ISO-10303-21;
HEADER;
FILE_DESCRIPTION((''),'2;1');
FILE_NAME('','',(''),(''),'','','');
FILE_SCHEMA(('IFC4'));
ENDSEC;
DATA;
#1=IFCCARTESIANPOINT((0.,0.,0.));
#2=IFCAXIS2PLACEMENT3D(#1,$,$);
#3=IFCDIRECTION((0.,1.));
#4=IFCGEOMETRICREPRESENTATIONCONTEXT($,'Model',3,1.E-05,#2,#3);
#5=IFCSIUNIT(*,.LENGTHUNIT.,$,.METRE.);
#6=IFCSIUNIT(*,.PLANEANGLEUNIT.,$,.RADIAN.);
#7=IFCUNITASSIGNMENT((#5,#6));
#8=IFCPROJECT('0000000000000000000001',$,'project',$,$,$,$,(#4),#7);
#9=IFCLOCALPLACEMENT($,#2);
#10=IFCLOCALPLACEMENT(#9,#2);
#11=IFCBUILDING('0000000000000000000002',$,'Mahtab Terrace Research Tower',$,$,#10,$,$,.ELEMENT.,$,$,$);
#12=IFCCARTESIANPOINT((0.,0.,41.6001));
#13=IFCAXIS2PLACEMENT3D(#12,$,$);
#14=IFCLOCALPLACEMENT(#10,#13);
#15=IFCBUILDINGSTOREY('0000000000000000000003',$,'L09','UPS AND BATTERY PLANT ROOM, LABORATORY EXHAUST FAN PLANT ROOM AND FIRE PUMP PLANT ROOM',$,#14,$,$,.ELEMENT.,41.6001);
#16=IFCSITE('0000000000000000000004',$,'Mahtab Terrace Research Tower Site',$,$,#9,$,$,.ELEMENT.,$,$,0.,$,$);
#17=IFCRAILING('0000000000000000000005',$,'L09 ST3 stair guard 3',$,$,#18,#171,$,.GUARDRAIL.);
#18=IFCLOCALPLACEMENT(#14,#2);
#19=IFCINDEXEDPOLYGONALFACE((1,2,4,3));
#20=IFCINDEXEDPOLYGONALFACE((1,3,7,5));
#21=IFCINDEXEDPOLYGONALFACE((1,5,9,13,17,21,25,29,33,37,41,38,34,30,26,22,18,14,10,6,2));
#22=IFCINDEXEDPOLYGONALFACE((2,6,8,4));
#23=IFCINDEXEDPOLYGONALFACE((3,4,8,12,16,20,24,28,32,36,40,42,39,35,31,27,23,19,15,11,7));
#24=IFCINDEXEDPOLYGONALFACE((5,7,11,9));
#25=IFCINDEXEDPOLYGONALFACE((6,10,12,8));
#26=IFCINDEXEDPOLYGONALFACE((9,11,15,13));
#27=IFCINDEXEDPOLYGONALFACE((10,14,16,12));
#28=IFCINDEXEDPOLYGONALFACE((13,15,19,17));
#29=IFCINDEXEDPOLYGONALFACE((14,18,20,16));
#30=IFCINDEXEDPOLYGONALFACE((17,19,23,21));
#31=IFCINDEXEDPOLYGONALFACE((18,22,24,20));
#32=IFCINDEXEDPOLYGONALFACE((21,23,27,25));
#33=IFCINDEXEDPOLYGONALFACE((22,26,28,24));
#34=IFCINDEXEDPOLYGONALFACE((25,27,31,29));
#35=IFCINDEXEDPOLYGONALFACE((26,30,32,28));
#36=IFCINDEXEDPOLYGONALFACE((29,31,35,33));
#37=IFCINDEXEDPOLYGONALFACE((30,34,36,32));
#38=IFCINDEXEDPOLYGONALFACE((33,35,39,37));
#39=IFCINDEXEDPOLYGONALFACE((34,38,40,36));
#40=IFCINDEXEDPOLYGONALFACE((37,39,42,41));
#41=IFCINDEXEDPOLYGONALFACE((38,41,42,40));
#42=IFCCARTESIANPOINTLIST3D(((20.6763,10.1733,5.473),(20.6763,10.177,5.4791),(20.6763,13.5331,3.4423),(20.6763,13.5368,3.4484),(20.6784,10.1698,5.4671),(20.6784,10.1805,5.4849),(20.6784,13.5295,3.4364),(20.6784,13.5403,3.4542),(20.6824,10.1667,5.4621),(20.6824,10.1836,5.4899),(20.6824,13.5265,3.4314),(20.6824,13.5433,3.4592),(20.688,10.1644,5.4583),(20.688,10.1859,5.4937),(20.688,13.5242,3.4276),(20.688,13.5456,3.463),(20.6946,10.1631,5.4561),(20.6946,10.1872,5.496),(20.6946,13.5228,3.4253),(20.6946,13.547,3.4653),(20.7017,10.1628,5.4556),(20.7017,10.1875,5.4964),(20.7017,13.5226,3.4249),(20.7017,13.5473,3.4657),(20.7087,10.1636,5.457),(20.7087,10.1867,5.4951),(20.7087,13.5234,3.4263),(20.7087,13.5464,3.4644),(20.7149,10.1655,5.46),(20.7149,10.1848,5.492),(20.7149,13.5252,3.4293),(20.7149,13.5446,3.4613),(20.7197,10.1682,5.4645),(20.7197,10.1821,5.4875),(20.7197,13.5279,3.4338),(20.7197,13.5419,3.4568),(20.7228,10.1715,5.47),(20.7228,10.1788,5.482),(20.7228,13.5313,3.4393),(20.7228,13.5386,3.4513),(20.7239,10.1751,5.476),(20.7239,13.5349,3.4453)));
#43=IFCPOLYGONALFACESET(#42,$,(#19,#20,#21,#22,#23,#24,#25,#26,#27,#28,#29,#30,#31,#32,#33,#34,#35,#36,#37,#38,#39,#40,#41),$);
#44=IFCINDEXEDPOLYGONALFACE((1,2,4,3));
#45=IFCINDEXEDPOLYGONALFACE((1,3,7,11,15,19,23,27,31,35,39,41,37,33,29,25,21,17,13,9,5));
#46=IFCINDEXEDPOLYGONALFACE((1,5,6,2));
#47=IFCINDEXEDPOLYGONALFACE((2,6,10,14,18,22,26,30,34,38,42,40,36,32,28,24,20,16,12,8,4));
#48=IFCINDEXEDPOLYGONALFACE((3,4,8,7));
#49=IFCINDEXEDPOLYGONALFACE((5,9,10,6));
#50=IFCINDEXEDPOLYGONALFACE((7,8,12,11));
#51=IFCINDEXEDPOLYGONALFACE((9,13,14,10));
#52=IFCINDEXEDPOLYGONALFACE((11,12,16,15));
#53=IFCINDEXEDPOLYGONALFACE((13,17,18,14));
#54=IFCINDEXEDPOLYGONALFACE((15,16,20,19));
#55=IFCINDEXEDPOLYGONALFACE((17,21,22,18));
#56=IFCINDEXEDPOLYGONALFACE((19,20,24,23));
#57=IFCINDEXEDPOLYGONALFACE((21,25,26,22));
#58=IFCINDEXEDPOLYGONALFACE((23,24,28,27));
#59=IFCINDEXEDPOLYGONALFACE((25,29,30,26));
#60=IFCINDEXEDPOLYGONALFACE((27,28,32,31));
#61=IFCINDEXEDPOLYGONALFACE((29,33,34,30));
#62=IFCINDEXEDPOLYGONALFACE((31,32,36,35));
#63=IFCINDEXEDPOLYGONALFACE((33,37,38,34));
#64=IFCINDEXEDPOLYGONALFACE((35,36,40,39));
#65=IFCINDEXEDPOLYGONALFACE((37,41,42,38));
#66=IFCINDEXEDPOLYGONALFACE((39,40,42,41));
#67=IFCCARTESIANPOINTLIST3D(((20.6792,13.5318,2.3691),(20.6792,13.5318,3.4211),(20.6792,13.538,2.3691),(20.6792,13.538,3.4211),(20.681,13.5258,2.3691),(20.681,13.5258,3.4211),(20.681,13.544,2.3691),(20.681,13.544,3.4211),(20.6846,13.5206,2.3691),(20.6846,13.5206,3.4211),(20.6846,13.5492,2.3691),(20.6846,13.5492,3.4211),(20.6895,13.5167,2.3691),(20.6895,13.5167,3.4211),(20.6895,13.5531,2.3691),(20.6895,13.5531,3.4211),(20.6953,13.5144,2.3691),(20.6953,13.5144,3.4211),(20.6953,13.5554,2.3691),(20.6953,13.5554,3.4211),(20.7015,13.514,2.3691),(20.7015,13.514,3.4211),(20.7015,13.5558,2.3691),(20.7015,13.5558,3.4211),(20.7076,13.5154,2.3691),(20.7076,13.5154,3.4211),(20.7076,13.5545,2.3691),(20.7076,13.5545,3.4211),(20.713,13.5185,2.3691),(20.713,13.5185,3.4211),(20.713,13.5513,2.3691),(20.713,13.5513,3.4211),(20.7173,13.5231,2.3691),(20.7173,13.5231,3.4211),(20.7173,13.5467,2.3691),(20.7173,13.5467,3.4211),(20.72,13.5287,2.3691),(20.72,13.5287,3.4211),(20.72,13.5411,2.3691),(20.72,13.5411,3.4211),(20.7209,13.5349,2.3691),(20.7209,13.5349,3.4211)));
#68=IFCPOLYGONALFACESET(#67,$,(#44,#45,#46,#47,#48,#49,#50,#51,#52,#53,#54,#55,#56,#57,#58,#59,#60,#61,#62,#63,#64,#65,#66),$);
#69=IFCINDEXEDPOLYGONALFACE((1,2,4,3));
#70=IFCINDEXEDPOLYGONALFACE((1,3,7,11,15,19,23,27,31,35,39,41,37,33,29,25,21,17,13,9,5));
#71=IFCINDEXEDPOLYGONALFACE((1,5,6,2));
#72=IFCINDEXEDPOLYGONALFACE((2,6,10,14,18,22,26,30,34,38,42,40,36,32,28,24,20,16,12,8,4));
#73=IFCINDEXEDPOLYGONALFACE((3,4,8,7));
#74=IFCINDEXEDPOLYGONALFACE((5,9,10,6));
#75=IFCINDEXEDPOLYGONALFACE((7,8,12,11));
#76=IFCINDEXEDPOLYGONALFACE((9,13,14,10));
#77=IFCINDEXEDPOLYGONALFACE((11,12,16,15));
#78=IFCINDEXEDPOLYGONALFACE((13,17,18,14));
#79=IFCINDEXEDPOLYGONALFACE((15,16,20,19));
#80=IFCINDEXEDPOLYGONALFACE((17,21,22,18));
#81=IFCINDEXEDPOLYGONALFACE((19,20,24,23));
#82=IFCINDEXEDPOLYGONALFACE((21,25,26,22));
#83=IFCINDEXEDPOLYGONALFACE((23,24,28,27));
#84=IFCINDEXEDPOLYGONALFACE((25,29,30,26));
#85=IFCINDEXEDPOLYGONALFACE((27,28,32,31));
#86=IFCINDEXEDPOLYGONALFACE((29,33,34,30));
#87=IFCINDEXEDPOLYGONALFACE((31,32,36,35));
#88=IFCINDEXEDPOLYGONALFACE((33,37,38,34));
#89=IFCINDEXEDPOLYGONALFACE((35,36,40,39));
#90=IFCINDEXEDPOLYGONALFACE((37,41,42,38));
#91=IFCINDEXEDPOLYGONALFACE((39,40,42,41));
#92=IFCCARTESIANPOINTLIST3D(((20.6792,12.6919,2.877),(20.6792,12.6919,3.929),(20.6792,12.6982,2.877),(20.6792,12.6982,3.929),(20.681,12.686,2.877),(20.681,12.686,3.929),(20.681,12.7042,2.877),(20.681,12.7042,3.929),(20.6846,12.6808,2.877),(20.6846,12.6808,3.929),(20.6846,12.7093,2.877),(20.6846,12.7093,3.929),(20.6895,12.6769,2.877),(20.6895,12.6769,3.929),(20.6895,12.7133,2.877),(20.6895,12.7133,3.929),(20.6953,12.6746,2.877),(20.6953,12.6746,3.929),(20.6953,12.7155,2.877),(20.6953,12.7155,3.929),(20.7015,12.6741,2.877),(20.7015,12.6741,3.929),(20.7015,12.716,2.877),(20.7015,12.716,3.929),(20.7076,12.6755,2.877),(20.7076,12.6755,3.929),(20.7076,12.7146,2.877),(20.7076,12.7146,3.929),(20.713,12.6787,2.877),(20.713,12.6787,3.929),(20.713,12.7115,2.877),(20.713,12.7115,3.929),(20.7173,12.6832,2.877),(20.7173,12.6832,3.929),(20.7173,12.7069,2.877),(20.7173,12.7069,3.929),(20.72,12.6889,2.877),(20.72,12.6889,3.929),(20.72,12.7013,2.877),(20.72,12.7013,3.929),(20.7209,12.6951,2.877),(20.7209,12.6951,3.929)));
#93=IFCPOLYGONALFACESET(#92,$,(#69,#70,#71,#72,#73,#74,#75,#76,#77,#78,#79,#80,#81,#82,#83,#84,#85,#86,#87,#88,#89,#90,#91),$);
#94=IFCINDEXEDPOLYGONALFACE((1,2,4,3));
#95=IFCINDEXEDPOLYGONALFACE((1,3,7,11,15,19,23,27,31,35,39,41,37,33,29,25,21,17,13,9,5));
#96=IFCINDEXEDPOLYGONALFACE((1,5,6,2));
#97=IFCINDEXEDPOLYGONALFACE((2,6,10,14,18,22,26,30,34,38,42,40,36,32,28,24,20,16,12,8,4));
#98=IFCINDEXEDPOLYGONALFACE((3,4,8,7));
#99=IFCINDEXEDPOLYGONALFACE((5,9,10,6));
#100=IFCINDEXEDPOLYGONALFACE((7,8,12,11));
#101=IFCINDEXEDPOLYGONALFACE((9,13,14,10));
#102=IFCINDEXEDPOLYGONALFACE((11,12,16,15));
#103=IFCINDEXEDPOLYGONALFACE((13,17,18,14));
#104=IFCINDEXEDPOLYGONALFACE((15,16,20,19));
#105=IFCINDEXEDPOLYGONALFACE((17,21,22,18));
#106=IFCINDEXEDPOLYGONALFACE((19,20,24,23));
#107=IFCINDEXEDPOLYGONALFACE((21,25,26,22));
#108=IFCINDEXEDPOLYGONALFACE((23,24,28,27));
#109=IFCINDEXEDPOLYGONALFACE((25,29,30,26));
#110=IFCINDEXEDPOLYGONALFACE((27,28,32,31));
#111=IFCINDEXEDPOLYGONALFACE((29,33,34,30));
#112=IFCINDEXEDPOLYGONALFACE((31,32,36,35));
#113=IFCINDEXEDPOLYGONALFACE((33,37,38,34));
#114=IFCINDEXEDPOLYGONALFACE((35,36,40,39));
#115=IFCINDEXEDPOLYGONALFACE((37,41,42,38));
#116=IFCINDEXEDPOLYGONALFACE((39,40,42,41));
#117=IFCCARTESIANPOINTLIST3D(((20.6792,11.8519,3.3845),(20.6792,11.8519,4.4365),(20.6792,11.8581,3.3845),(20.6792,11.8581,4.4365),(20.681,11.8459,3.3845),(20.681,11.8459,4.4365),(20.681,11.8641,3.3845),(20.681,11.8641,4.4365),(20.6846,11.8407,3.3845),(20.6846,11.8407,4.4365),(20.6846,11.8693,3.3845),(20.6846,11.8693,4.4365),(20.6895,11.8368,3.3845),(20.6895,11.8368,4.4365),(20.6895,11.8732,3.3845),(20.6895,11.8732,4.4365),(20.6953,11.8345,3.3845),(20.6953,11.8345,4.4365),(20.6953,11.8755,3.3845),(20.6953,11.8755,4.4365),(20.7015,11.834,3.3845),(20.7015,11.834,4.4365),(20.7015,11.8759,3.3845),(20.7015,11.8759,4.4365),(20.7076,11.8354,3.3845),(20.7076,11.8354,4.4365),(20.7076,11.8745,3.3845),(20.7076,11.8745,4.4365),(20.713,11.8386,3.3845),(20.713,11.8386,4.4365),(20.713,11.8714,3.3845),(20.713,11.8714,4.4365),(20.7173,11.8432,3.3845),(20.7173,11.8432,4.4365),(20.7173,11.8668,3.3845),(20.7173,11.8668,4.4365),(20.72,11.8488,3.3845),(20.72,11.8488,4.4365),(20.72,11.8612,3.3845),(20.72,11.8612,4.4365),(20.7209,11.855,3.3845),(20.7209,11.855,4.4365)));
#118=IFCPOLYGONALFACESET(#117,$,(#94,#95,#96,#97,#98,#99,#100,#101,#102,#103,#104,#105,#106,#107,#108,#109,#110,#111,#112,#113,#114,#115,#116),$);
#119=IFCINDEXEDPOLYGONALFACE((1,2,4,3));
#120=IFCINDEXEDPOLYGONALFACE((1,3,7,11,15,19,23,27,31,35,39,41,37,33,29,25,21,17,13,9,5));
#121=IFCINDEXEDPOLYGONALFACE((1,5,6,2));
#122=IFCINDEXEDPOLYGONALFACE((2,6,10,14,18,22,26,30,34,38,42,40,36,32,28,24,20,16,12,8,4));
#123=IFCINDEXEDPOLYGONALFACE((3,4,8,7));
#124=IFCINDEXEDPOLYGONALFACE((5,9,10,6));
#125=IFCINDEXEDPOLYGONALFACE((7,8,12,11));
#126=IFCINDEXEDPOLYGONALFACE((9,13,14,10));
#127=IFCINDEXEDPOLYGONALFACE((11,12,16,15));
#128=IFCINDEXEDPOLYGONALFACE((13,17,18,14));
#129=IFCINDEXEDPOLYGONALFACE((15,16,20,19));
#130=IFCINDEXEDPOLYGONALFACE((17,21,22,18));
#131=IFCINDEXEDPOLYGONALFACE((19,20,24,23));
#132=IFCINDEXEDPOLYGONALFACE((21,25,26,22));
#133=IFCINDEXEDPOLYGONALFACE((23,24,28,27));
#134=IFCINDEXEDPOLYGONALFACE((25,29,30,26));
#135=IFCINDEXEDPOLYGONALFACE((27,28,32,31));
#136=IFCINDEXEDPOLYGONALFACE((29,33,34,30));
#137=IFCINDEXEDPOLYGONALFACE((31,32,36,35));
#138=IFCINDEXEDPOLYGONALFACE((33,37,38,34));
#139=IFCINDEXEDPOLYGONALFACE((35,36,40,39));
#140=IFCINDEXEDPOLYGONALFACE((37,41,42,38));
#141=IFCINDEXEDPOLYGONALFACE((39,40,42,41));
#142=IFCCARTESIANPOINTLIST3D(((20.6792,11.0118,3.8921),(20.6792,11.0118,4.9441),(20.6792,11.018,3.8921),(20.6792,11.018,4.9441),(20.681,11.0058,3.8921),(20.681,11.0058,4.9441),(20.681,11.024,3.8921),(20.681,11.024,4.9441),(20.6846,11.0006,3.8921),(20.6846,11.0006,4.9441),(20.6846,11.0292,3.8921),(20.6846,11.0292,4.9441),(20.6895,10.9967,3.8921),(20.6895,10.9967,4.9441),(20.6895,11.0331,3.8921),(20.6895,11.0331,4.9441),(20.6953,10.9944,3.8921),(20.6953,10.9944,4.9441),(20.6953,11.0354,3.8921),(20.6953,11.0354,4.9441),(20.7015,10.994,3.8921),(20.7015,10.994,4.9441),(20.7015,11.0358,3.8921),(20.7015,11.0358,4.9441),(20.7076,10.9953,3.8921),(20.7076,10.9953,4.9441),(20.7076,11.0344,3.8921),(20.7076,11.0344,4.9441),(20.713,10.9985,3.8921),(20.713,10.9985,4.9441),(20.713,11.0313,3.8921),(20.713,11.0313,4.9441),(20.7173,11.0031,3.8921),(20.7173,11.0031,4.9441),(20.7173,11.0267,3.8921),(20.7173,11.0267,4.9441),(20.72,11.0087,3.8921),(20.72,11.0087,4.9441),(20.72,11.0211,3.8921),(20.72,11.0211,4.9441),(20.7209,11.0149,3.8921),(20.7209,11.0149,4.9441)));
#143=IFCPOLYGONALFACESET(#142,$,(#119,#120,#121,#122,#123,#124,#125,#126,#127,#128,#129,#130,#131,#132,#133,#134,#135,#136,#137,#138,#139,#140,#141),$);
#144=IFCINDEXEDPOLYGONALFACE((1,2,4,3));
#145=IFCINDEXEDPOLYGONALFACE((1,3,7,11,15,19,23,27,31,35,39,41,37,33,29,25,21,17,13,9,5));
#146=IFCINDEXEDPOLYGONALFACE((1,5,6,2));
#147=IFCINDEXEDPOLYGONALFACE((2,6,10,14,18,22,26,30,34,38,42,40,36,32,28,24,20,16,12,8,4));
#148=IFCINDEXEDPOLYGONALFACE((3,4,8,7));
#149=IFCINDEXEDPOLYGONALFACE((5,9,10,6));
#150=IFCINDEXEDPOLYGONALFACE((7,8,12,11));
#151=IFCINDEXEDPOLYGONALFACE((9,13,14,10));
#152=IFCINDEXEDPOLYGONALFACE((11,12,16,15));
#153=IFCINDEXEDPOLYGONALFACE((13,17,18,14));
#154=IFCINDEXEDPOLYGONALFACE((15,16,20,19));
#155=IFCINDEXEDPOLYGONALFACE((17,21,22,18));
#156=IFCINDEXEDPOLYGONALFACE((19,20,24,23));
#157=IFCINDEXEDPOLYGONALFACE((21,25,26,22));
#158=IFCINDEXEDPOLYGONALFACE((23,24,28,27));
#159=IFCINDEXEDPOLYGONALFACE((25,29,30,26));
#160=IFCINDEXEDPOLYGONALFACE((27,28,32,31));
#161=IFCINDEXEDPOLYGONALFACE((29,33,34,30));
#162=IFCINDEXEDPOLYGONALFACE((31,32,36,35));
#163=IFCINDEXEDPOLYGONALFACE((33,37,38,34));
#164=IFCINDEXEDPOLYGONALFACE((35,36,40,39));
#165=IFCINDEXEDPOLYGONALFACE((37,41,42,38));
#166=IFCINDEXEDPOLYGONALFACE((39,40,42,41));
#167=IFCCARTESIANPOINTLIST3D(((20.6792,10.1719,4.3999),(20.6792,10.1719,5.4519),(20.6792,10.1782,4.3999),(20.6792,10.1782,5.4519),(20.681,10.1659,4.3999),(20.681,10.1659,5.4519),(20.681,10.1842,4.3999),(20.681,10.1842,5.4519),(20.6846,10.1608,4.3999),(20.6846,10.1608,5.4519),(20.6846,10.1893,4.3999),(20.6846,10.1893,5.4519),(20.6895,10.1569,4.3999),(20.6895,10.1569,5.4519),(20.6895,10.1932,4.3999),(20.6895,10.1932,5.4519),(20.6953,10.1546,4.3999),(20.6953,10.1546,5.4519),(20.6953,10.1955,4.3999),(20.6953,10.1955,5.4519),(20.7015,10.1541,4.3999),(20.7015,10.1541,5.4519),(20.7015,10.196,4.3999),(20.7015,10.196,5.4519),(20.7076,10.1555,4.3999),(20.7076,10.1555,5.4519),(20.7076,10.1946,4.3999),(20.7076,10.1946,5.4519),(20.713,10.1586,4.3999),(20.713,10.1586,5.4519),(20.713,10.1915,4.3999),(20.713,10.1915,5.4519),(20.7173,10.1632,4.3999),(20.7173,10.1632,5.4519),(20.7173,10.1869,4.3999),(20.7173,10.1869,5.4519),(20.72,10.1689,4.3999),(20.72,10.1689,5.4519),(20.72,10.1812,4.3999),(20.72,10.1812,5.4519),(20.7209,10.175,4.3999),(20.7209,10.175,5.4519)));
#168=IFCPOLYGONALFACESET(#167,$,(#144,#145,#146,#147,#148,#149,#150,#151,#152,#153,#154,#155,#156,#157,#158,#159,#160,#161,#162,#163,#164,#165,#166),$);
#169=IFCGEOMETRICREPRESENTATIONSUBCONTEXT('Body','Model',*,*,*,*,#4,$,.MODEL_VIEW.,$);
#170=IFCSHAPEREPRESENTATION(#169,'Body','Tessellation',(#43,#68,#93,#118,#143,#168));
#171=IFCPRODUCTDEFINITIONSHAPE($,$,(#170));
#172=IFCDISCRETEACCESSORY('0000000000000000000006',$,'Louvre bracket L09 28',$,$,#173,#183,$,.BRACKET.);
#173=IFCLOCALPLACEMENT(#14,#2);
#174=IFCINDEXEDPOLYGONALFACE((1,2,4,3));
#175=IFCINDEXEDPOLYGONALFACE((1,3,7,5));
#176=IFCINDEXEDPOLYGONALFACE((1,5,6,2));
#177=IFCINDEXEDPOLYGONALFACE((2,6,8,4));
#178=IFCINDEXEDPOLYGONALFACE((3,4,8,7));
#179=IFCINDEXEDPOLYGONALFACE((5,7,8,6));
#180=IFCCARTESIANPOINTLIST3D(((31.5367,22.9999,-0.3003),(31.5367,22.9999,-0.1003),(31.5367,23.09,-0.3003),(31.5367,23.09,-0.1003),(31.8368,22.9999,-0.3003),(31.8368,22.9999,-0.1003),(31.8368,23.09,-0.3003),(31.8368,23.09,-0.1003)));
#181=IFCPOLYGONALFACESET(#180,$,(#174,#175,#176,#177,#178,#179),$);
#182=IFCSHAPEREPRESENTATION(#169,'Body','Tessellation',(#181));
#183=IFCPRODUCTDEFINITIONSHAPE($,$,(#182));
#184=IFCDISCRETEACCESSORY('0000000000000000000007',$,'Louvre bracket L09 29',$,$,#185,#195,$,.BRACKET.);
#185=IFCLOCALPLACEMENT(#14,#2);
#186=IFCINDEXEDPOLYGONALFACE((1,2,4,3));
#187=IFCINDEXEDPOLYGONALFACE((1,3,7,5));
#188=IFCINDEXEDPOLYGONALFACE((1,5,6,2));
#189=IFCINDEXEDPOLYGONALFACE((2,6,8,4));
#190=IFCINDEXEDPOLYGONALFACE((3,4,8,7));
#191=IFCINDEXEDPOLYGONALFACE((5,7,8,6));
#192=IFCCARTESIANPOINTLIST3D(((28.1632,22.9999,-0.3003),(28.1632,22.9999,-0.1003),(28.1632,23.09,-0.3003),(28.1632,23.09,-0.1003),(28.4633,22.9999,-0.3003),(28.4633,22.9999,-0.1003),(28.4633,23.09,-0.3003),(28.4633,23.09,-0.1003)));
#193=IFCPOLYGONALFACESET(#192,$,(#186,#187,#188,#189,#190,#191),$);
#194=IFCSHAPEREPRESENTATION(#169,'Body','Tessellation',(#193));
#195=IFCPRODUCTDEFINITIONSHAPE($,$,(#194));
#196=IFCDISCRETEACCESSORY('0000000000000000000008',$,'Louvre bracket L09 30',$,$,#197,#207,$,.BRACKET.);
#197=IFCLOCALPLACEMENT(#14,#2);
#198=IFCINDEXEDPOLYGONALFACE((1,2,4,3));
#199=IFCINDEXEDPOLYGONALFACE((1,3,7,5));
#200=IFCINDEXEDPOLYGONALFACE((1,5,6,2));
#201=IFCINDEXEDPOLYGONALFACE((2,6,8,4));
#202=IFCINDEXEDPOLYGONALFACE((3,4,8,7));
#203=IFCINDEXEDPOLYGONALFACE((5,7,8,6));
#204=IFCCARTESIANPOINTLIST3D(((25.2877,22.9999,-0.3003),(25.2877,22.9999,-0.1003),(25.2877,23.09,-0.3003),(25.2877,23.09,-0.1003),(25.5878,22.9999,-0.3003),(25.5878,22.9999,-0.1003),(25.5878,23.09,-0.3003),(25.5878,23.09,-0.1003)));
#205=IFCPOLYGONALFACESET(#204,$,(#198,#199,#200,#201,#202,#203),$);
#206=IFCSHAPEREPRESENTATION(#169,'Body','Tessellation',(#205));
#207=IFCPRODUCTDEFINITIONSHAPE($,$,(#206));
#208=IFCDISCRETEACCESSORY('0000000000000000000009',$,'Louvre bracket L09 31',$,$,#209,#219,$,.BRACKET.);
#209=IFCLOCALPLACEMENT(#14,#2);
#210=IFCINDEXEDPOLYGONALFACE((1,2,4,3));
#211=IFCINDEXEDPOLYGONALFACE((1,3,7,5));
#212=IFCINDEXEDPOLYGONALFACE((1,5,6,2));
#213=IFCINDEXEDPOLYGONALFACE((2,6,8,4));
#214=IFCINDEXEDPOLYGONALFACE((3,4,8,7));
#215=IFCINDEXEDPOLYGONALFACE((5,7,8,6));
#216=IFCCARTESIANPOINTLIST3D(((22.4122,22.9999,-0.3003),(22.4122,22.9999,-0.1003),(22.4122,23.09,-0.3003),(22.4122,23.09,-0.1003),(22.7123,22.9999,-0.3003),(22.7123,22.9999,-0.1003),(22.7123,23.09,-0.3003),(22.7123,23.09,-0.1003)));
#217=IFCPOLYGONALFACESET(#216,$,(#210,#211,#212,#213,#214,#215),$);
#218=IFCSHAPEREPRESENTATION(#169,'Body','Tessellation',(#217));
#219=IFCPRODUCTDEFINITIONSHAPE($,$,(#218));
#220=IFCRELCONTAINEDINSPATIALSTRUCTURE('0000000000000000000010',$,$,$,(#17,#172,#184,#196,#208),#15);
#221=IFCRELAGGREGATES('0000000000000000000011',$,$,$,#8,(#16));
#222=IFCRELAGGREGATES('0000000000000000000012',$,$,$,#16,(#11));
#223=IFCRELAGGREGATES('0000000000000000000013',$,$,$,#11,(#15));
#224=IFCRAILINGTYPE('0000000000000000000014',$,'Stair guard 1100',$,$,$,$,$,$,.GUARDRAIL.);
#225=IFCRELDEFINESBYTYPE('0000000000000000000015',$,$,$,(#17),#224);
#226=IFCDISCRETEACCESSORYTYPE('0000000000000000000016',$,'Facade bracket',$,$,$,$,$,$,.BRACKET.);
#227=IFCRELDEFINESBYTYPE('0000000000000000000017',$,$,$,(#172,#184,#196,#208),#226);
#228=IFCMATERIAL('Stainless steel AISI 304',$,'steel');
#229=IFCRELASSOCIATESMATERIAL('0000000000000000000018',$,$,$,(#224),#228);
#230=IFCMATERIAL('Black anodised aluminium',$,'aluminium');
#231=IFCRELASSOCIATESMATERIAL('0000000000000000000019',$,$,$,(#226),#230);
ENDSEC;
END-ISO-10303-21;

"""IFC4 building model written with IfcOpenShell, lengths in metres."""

from ifc_helpers import new_model, si_unit, direction, frame, origin, origin_2d, place, context, subcontext, project, spatial, rectangle, circle, extrude, material, type_object, element, save


model = new_model("IFC4")

# Units and contexts
model_context = context("Model", 3, precision=1e-05, world=origin(), true_north=direction((0.0, 1.0)))
body_context = subcontext(model_context, "Body", "Model", "MODEL_VIEW")
ifc_project = project(units=[si_unit("LENGTHUNIT", "METRE"), si_unit("PLANEANGLEUNIT", "RADIAN")], contexts=[model_context])

# Site, building, storey
site_placement = place(None, origin())
site = spatial("IfcSite", under=ifc_project, at=site_placement, Name="Mahtab Terrace Research Tower Site", CompositionType="ELEMENT", RefElevation=0.0)
building_placement = place(site_placement, origin())
building = spatial("IfcBuilding", under=site, at=building_placement, Name="Mahtab Terrace Research Tower", CompositionType="ELEMENT")
storey_placement = place(building_placement, frame((0.0, 0.0, 41.6001)))
storey = spatial("IfcBuildingStorey", under=building, at=storey_placement, Name="L09", Description="UPS AND BATTERY PLANT ROOM, LABORATORY EXHAUST FAN PLANT ROOM AND FIRE PUMP PLANT ROOM", CompositionType="ELEMENT", Elevation=41.6001)

# Shared definitions
ifc_material_1 = material(Name="Stainless steel AISI 304", Category="steel")

# Railing
railing_type = type_object("IfcRailingType", Name="Stair guard 1100", PredefinedType="GUARDRAIL", material=ifc_material_1)
railing_1_placement = place(storey_placement, frame((20.7, 13.5349, 2.3691)))
element("IfcRailing", 1, at=railing_1_placement, inside=storey, type_object=railing_type, Name="L09 ST3 stair guard 3", PredefinedType="GUARDRAIL", context=body_context, shape_type="SweptSolid", body=[
    extrude(circle(Radius=0.0239, at=origin_2d()), frame((0.0, 0.0, 1.0762), z_axis=(0.0, -0.85582, 0.517273), x_axis=(1.0, 0.0, 0.0)), (0.0, 0.0, 1.0), 3.9258),
    extrude(circle(Radius=0.021, at=origin_2d()), origin(), (0.0, 0.0, 1.0), 1.052),
    extrude(circle(Radius=0.021, at=origin_2d()), frame((0.0, -0.8398, 0.5078)), (0.0, 0.0, 1.0), 1.052),
    extrude(circle(Radius=0.021, at=origin_2d()), frame((0.0, -1.6799, 1.0154)), (0.0, 0.0, 1.0), 1.052),
    extrude(circle(Radius=0.021, at=origin_2d()), frame((0.0, -2.52, 1.5229)), (0.0, 0.0, 1.0), 1.052),
    extrude(circle(Radius=0.021, at=origin_2d()), frame((0.0, -3.3599, 2.0308)), (0.0, 0.0, 1.0), 1.052),
])

# Discrete accessories
ifc_material_2 = material(Name="Black anodised aluminium", Category="aluminium")
discrete_accessory_type_1 = type_object("IfcDiscreteAccessoryType", Name="Facade bracket", PredefinedType="BRACKET", material=ifc_material_2)
for number, where, z_axis, x_axis, name in (
    (2, (31.6868, 23.0449, -0.3003), (0.0, 0.0, 1.0), (-1.0, 0.0, 0.0), "Louvre bracket L09 28"),
    (3, (28.3132, 23.0449, -0.3003), (0.0, 0.0, 1.0), (-1.0, 0.0, 0.0), "Louvre bracket L09 29"),
    (4, (25.4377, 23.0449, -0.3003), (0.0, 0.0, 1.0), (-1.0, 0.0, 0.0), "Louvre bracket L09 30"),
    (5, (22.5623, 23.0449, -0.3003), (0.0, 0.0, 1.0), (-1.0, 0.0, 0.0), "Louvre bracket L09 31"),
):
    element("IfcDiscreteAccessory", number, at=place(storey_placement, frame(where, z_axis=z_axis, x_axis=x_axis)), inside=storey, type_object=discrete_accessory_type_1, Name=name, PredefinedType="BRACKET", context=body_context, shape_type="SweptSolid", body=[
        extrude(rectangle(XDim=0.3, YDim=0.0901, at=origin_2d()), origin(), (0.0, 0.0, 1.0), 0.2),
    ])

save(model, "model.ifc")
